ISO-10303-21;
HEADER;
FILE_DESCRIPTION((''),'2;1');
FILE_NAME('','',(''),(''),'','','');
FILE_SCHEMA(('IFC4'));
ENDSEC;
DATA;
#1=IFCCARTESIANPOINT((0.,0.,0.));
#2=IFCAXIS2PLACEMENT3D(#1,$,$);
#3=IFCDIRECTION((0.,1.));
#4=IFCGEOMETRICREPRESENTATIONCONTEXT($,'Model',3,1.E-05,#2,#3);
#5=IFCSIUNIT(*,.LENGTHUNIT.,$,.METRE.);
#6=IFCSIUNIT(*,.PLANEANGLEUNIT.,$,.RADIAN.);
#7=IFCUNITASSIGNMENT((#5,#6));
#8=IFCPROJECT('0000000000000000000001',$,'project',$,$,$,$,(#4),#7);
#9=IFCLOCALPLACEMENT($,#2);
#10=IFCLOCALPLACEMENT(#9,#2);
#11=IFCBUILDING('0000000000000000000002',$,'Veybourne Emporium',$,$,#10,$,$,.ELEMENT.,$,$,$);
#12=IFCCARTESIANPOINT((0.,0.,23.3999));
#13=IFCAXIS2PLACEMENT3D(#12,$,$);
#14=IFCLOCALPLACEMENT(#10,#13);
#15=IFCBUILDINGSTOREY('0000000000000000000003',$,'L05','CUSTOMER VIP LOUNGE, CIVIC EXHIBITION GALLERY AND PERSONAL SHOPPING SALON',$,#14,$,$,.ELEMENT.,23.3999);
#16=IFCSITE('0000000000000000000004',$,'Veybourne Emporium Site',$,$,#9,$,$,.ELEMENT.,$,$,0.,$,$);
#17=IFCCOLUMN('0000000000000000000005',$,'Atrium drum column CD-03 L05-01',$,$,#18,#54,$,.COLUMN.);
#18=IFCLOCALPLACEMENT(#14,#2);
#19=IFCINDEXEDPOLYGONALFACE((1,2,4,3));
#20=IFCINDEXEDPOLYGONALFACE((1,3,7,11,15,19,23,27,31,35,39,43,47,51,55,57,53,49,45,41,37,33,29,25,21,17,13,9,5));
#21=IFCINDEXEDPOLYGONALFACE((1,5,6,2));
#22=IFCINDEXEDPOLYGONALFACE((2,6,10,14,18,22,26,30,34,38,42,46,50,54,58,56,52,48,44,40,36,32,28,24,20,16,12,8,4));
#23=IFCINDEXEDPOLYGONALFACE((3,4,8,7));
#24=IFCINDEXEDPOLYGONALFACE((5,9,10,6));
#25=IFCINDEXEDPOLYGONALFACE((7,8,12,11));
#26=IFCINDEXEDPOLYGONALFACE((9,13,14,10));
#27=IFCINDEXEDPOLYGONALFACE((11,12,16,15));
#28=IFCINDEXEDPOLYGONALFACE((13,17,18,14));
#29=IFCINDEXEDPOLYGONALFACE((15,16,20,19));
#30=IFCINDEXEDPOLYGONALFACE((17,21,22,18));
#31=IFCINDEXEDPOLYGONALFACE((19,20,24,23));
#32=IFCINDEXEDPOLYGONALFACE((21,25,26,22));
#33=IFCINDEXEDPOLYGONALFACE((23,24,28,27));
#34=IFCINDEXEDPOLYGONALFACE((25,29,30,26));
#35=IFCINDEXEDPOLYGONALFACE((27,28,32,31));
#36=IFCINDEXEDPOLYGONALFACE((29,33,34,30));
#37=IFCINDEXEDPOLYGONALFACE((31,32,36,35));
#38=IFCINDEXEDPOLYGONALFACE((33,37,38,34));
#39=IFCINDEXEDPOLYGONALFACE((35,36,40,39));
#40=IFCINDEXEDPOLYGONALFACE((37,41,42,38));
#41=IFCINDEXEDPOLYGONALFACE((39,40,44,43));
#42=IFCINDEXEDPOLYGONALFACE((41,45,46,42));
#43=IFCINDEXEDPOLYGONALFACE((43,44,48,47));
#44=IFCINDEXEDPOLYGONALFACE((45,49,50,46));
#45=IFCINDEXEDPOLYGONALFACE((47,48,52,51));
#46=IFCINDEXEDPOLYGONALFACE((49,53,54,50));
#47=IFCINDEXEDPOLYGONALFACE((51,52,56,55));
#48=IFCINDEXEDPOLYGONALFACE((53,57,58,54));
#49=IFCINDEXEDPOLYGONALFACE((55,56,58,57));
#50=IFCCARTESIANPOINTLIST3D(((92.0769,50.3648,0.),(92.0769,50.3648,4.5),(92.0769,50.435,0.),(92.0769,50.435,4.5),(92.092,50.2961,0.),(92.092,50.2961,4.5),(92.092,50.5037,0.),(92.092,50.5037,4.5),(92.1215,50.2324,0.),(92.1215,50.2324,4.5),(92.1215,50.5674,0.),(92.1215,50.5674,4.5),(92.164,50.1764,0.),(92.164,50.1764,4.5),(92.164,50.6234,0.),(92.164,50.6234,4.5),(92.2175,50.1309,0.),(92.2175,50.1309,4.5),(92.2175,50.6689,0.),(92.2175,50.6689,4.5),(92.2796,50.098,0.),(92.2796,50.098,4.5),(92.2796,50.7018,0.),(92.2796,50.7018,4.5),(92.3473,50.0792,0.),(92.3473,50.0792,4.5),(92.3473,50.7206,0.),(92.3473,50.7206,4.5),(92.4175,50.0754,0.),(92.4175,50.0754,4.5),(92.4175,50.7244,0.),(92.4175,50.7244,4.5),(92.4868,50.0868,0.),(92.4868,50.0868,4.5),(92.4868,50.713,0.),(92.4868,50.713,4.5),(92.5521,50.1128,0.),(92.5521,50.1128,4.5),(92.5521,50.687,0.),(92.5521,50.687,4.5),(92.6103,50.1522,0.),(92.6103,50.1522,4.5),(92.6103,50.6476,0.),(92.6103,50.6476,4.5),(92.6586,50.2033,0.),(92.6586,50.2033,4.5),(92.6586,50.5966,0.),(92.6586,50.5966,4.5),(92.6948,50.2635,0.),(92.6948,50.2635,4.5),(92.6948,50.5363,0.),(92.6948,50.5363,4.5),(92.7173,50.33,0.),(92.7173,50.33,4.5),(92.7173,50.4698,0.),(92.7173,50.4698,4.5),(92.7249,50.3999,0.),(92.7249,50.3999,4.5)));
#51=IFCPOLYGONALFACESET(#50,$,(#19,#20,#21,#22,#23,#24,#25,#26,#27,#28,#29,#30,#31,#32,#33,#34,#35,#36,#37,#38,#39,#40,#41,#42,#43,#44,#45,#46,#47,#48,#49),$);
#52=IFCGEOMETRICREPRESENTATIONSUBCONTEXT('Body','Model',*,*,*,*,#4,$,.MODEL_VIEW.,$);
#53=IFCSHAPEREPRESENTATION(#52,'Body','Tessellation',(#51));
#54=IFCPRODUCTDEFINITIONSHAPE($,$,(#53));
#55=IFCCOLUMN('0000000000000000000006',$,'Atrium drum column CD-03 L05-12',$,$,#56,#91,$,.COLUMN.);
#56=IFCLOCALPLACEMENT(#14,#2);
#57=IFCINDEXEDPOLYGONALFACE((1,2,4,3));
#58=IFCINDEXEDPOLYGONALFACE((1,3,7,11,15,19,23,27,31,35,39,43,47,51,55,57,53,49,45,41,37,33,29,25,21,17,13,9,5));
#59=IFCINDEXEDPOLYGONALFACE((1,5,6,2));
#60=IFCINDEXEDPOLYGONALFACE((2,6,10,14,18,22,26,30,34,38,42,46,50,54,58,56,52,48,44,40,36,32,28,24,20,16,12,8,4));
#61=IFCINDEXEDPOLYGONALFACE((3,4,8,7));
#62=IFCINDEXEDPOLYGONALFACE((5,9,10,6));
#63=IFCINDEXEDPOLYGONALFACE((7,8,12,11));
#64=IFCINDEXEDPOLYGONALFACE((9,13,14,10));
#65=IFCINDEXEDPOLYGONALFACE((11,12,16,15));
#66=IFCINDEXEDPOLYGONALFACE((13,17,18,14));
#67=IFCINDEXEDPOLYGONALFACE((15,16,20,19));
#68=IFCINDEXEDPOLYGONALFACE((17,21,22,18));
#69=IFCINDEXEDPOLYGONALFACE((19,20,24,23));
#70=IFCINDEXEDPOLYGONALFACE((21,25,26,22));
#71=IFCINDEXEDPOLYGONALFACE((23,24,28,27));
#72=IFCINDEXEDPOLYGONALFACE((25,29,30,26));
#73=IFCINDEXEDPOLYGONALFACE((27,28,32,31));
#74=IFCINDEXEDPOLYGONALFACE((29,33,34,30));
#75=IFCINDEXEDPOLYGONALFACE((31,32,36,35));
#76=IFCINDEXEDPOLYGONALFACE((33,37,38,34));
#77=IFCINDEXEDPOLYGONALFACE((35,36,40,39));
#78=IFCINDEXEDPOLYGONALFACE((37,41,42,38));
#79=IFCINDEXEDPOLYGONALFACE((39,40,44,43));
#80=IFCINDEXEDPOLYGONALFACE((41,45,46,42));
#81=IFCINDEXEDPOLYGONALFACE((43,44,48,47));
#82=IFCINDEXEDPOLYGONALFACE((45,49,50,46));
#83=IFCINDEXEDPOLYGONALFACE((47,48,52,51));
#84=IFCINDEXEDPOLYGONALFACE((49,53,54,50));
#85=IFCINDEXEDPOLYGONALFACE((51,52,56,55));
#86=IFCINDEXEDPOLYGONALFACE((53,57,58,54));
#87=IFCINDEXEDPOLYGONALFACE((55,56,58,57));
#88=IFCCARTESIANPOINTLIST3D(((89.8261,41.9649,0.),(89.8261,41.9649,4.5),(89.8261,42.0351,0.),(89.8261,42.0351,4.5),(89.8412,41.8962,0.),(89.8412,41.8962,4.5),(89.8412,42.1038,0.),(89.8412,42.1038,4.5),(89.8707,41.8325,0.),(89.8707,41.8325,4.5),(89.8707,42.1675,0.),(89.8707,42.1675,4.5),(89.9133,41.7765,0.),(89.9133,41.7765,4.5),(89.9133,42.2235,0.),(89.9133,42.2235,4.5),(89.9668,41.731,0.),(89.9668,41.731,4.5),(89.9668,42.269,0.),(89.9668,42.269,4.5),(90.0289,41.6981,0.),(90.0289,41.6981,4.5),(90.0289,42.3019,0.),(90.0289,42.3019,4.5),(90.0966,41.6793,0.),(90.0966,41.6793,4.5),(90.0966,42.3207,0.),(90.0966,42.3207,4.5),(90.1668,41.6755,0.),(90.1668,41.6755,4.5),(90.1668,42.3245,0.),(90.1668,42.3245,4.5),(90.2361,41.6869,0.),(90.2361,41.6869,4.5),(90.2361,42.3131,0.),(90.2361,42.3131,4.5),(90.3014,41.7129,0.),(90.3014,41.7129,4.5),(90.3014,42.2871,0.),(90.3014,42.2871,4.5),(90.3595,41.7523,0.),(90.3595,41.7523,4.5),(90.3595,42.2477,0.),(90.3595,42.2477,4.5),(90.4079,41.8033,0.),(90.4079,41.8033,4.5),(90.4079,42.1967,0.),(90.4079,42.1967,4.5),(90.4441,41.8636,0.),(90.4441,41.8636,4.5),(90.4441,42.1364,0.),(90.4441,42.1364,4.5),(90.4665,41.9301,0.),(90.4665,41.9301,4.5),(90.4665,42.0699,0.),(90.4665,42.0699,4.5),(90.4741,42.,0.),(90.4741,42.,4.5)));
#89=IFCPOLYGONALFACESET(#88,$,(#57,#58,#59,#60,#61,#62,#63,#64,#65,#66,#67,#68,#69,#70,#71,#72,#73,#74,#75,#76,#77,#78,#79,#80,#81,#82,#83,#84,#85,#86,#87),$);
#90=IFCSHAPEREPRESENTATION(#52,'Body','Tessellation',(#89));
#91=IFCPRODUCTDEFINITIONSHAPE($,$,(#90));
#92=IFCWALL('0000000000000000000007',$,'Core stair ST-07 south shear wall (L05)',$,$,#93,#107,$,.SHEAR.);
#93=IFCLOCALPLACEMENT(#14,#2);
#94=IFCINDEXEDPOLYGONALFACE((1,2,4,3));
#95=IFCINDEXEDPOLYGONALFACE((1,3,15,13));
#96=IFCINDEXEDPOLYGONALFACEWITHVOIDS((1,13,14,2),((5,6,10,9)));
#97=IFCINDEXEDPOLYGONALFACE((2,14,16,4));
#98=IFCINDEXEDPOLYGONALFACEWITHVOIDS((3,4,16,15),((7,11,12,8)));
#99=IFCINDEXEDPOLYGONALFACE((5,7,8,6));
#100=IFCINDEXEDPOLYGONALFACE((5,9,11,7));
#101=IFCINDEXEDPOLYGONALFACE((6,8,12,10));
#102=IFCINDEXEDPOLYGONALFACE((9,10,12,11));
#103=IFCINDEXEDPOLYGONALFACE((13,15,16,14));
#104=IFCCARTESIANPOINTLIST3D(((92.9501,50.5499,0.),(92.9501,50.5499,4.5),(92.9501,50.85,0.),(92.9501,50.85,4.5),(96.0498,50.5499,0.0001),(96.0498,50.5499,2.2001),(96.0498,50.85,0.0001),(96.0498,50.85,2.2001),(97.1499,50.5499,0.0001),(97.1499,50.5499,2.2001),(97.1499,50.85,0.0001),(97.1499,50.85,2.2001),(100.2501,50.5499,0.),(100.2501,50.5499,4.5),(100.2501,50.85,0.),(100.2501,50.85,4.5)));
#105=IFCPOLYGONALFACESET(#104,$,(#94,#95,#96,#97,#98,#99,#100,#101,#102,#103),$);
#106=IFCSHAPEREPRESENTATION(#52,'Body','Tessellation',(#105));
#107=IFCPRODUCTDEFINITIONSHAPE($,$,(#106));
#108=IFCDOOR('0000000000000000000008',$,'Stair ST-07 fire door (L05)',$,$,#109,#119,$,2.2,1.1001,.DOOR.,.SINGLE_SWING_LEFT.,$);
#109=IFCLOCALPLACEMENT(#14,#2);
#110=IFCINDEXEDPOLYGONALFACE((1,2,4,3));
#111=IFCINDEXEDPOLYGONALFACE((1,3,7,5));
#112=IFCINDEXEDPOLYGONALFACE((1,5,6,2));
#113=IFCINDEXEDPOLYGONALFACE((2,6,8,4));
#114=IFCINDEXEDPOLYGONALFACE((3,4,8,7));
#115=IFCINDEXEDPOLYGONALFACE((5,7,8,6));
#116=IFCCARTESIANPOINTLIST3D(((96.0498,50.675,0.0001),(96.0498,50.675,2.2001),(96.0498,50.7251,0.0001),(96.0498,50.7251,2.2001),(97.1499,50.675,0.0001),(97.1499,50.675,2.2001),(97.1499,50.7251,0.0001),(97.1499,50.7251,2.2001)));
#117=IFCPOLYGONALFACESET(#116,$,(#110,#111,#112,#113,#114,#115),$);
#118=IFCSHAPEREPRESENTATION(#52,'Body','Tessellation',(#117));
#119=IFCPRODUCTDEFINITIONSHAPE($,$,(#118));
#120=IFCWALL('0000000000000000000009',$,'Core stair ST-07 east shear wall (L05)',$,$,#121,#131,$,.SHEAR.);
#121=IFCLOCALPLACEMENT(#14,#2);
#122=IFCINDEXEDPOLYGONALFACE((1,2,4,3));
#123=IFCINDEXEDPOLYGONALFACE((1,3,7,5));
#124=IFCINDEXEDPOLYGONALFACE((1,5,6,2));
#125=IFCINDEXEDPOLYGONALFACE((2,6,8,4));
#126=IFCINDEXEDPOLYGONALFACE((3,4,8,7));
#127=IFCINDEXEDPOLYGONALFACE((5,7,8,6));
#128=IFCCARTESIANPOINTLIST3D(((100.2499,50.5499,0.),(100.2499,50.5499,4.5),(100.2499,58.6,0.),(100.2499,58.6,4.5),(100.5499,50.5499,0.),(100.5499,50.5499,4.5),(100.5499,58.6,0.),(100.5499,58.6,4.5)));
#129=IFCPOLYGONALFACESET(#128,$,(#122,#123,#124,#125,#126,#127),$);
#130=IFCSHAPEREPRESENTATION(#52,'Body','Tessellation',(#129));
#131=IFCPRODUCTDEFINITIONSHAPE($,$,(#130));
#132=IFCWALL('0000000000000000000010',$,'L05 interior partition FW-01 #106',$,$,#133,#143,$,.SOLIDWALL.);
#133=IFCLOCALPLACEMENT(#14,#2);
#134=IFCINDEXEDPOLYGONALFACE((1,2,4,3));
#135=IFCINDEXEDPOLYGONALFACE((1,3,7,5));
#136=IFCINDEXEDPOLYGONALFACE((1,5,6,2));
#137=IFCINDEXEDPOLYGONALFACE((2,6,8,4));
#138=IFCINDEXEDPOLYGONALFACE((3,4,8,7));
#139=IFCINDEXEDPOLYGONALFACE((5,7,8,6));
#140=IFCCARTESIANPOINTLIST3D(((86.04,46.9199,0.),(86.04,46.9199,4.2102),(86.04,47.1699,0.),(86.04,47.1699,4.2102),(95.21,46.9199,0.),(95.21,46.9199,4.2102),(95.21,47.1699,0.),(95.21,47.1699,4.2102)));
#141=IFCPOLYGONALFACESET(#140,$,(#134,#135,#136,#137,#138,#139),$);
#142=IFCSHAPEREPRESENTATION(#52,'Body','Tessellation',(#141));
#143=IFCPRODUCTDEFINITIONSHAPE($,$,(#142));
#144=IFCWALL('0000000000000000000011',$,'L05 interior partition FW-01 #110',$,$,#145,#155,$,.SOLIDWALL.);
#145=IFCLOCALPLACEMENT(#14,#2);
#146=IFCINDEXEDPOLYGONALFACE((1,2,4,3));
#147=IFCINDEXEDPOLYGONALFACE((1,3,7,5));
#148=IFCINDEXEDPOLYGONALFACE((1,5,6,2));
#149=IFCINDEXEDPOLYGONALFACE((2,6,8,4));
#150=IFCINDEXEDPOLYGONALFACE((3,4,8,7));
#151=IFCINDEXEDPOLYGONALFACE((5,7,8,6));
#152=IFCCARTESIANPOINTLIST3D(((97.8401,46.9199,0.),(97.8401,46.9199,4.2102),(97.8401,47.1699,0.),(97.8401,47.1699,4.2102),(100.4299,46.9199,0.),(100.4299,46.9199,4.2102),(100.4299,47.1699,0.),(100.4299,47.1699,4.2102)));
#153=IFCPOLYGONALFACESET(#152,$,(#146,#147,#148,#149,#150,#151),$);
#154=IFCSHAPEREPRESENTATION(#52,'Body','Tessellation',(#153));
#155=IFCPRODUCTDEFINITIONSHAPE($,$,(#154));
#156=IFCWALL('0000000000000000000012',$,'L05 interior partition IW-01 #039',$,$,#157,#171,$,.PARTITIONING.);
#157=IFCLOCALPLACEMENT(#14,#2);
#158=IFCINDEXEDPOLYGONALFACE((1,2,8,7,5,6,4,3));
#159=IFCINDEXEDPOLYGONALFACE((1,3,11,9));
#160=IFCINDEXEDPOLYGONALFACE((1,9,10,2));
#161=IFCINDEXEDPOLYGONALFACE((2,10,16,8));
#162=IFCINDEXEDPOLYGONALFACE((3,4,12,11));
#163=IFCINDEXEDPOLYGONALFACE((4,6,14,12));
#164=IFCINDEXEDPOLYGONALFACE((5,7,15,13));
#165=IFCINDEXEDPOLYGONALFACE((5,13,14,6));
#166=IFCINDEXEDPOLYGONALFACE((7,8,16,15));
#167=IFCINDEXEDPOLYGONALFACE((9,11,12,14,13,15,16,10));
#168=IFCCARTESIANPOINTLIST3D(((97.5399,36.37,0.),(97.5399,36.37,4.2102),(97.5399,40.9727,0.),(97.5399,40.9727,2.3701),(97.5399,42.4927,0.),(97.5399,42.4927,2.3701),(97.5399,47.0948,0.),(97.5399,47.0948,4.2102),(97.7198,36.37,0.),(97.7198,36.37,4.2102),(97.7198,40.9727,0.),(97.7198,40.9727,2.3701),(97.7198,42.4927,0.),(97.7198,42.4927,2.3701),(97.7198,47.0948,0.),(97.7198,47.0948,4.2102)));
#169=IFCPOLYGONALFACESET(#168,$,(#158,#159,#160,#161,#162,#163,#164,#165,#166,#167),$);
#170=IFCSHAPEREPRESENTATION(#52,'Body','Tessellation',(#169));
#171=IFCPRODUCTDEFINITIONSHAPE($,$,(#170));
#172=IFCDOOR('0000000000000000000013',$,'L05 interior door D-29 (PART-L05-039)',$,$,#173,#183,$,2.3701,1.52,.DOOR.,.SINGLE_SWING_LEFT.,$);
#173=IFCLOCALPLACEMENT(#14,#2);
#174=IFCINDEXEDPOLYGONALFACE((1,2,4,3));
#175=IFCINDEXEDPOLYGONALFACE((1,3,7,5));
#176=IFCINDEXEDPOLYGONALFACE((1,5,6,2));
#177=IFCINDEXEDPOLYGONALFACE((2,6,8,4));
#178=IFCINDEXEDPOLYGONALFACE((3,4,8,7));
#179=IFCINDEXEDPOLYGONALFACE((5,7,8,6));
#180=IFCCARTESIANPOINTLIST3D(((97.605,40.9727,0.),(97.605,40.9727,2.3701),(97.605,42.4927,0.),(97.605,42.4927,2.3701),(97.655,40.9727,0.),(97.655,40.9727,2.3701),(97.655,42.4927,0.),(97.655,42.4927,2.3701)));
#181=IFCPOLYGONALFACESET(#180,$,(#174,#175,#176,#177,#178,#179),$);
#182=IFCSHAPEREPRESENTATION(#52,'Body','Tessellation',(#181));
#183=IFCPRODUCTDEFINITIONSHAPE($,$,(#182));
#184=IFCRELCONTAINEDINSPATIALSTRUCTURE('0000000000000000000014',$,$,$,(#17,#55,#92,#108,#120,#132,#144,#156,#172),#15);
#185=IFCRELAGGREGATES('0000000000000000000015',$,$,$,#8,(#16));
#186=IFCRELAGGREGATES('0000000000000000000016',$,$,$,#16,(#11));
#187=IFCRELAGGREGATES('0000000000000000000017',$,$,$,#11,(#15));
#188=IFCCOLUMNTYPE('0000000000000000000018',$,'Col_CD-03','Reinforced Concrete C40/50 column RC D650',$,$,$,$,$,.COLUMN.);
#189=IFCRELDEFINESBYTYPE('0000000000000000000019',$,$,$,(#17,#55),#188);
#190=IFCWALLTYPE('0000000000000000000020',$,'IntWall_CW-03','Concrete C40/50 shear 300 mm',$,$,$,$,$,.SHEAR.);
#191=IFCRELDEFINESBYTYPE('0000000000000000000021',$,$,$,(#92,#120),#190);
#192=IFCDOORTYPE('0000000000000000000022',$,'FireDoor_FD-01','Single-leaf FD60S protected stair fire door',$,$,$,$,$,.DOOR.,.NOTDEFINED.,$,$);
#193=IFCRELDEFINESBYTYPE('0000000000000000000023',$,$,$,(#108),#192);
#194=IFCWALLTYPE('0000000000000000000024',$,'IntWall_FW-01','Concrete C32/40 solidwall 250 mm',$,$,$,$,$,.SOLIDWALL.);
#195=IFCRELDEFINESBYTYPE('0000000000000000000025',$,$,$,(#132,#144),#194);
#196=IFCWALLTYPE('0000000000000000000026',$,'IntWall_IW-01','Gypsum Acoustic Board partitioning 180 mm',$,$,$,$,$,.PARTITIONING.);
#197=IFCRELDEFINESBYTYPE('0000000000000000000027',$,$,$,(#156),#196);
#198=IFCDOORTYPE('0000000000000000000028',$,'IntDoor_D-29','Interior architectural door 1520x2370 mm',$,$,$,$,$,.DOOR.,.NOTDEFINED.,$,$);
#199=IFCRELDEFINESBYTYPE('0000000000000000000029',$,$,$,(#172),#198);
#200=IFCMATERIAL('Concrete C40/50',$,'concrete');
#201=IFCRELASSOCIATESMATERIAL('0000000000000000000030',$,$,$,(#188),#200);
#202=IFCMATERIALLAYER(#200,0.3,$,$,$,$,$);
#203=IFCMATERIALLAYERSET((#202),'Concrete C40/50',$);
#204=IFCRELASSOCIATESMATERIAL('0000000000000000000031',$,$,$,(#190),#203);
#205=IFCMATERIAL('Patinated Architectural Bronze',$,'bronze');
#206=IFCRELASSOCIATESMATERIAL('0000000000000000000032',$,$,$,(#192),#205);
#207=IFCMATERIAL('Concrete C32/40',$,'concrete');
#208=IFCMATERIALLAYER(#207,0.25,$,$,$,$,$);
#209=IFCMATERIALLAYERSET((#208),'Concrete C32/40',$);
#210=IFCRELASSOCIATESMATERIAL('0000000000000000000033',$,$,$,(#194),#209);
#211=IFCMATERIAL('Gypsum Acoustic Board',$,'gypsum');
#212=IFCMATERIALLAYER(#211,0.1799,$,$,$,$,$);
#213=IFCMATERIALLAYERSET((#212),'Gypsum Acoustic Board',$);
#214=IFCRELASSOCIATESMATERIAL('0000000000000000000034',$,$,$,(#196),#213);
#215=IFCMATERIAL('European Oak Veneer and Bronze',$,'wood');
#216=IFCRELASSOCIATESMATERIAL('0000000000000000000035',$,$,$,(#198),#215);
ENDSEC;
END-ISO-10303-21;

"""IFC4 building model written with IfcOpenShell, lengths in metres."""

from ifc_helpers import new_model, si_unit, direction, frame, frame_2d, origin, origin_2d, place, context, subcontext, project, spatial, rectangle, circle, extrude, material, layer, layer_set, material_profile, profile_set, type_object, element, fill, save


model = new_model("IFC4")

# Units and contexts
model_context = context("Model", 3, precision=1e-05, world=origin(), true_north=direction((0.0, 1.0)))
body_context = subcontext(model_context, "Body", "Model", "MODEL_VIEW")
ifc_project = project(units=[si_unit("LENGTHUNIT", "METRE"), si_unit("PLANEANGLEUNIT", "RADIAN")], contexts=[model_context])

# Site, building, storey
site_placement = place(None, origin())
site = spatial("IfcSite", under=ifc_project, at=site_placement, Name="Veybourne Emporium Site", CompositionType="ELEMENT", RefElevation=0.0)
building_placement = place(site_placement, origin())
building = spatial("IfcBuilding", under=site, at=building_placement, Name="Veybourne Emporium", CompositionType="ELEMENT")
storey_placement = place(building_placement, frame((0.0, 0.0, 23.3999)))
storey = spatial("IfcBuildingStorey", under=building, at=storey_placement, Name="L05", Description="CUSTOMER VIP LOUNGE, CIVIC EXHIBITION GALLERY AND PERSONAL SHOPPING SALON", CompositionType="ELEMENT", Elevation=23.3999)

# Columns
ifc_material_1 = material(Name="Concrete C40/50", Category="concrete")
ifc_material_profile = material_profile(ifc_material_1, circle(Radius=0.325, at=origin_2d()), Name="RC D650")
ifc_profile_set = profile_set([ifc_material_profile], Name="Concrete C40/50")
column_type = type_object("IfcColumnType", Name="Col_CD-03", Description="Reinforced Concrete C40/50 column RC D650", PredefinedType="COLUMN", material=ifc_profile_set)
for number, where, z_axis, x_axis, name in (
    (1, (92.3999, 50.3999, 0.0), (0.0, 0.0, 1.0), (1.0, 0.0, 0.0), "Atrium drum column CD-03 L05-01"),
    (2, (90.1492, 42.0, 0.0), (0.0, 0.0, 1.0), (1.0, 0.0, 0.0), "Atrium drum column CD-03 L05-12"),
):
    element("IfcColumn", number, at=place(storey_placement, frame(where, z_axis=z_axis, x_axis=x_axis)), inside=storey, type_object=column_type, Name=name, PredefinedType="COLUMN", context=body_context, shape_type="SweptSolid", body=[
        extrude(circle(Radius=0.325, at=origin_2d()), origin(), (0.0, 0.0, 1.0), 4.5),
    ])

# Wall, opening, door
ifc_layer_1 = layer(ifc_material_1, 0.3)
ifc_layer_set_1 = layer_set([ifc_layer_1], Name="Concrete C40/50")
wall_type_1 = type_object("IfcWallType", Name="IntWall_CW-03", Description="Concrete C40/50 shear 300 mm", PredefinedType="SHEAR", material=ifc_layer_set_1)
wall_1_placement = place(storey_placement, frame((100.25, 50.7, 0.0), z_axis=(0.0, 0.0, 1.0), x_axis=(-1.0, 0.0, 0.0)))
wall_1 = element("IfcWall", 3, at=wall_1_placement, inside=storey, type_object=wall_type_1, Name="Core stair ST-07 south shear wall (L05)", PredefinedType="SHEAR", context=body_context, shape_type="SweptSolid", body=[
    extrude(rectangle(XDim=7.3, YDim=0.3, at=frame_2d((3.6499, 0.0))), origin(), (0.0, 0.0, 1.0), 4.5),
])
opening_1_placement = place(wall_1_placement, frame((3.1001, 0.0, 0.0)))
opening_1 = element("IfcOpeningElement", 4, at=opening_1_placement, cuts=wall_1, PredefinedType="OPENING", context=body_context, shape_type="SweptSolid", body=[
    extrude(rectangle(XDim=1.1001, YDim=2.2, at=frame_2d((0.55, 1.1001))), frame((0.0, 0.1699, 0.0), z_axis=(0.0, -1.0, 0.0), x_axis=(1.0, 0.0, 0.0)), (0.0, 0.0, 1.0), 0.3401),
])
ifc_material_2 = material(Name="Patinated Architectural Bronze", Category="bronze")
door_type_1 = type_object("IfcDoorType", Name="FireDoor_FD-01", Description="Single-leaf FD60S protected stair fire door", OperationType="NOTDEFINED", PredefinedType="DOOR", material=ifc_material_2)
door_1_placement = place(opening_1_placement, origin())
door_1 = element("IfcDoor", 5, at=door_1_placement, inside=storey, type_object=door_type_1, Name="Stair ST-07 fire door (L05)", OperationType="SINGLE_SWING_LEFT", OverallHeight=2.2, OverallWidth=1.1001, PredefinedType="DOOR", context=body_context, shape_type="SweptSolid", body=[
    extrude(rectangle(XDim=1.1001, YDim=2.2, at=frame_2d((0.55, 1.1001))), frame((0.0, 0.0249, 0.0), z_axis=(0.0, -1.0, 0.0), x_axis=(1.0, 0.0, 0.0)), (0.0, 0.0, 1.0), 0.05),
])
fill(opening_1, door_1)

# Wall
wall_2_placement = place(storey_placement, frame((100.3999, 50.55, 0.0), z_axis=(0.0, 0.0, 1.0), x_axis=(0.0, 1.0, 0.0)))
element("IfcWall", 6, at=wall_2_placement, inside=storey, type_object=wall_type_1, Name="Core stair ST-07 east shear wall (L05)", PredefinedType="SHEAR", context=body_context, shape_type="SweptSolid", body=[
    extrude(rectangle(XDim=8.05, YDim=0.3, at=frame_2d((4.0249, 0.0))), origin(), (0.0, 0.0, 1.0), 4.5),
])

# Shared definitions
ifc_material_3 = material(Name="Concrete C32/40", Category="concrete")
ifc_layer_2 = layer(ifc_material_3, 0.25)
ifc_layer_set_2 = layer_set([ifc_layer_2], Name="Concrete C32/40")
wall_type_2 = type_object("IfcWallType", Name="IntWall_FW-01", Description="Concrete C32/40 solidwall 250 mm", PredefinedType="SOLIDWALL", material=ifc_layer_set_2)

# Walls
wall_3_placement = place(storey_placement, frame((86.04, 47.0449, 0.0), z_axis=(0.0, 0.0, 1.0), x_axis=(1.0, 0.0, 0.0)))
element("IfcWall", 7, at=wall_3_placement, inside=storey, type_object=wall_type_2, Name="L05 interior partition FW-01 #106", PredefinedType="SOLIDWALL", context=body_context, shape_type="SweptSolid", body=[
    extrude(rectangle(XDim=9.1699, YDim=0.25, at=frame_2d((4.585, 0.0))), origin(), (0.0, 0.0, 1.0), 4.2102),
])
wall_4_placement = place(storey_placement, frame((97.8401, 47.0449, 0.0), z_axis=(0.0, 0.0, 1.0), x_axis=(1.0, 0.0, 0.0)))
element("IfcWall", 8, at=wall_4_placement, inside=storey, type_object=wall_type_2, Name="L05 interior partition FW-01 #110", PredefinedType="SOLIDWALL", context=body_context, shape_type="SweptSolid", body=[
    extrude(rectangle(XDim=2.5898, YDim=0.25, at=frame_2d((1.2949, 0.0))), origin(), (0.0, 0.0, 1.0), 4.2102),
])

# Wall, opening, door
ifc_material_4 = material(Name="Gypsum Acoustic Board", Category="gypsum")
ifc_layer_3 = layer(ifc_material_4, 0.1799)
ifc_layer_set_3 = layer_set([ifc_layer_3], Name="Gypsum Acoustic Board")
wall_type_3 = type_object("IfcWallType", Name="IntWall_IW-01", Description="Gypsum Acoustic Board partitioning 180 mm", PredefinedType="PARTITIONING", material=ifc_layer_set_3)
wall_5_placement = place(storey_placement, frame((97.6299, 36.3701, 0.0), z_axis=(0.0, 0.0, 1.0), x_axis=(0.0, 1.0, 0.0)))
wall_5 = element("IfcWall", 9, at=wall_5_placement, inside=storey, type_object=wall_type_3, Name="L05 interior partition IW-01 #039", PredefinedType="PARTITIONING", context=body_context, shape_type="SweptSolid", body=[
    extrude(rectangle(XDim=10.7249, YDim=0.1799, at=frame_2d((5.3623, 0.0))), origin(), (0.0, 0.0, 1.0), 4.2102),
])
opening_2_placement = place(wall_5_placement, frame((4.6025, 0.0, 0.0)))
opening_2 = element("IfcOpeningElement", 10, at=opening_2_placement, cuts=wall_5, PredefinedType="OPENING", context=body_context, shape_type="SweptSolid", body=[
    extrude(rectangle(XDim=1.52, YDim=2.3701, at=frame_2d((0.76, 1.1851))), frame((0.0, 0.1099, 0.0), z_axis=(0.0, -1.0, 0.0), x_axis=(1.0, 0.0, 0.0)), (0.0, 0.0, 1.0), 0.22),
])
ifc_material_5 = material(Name="European Oak Veneer and Bronze", Category="wood")
door_type_2 = type_object("IfcDoorType", Name="IntDoor_D-29", Description="Interior architectural door 1520x2370 mm", OperationType="NOTDEFINED", PredefinedType="DOOR", material=ifc_material_5)
door_2_placement = place(opening_2_placement, origin())
door_2 = element("IfcDoor", 11, at=door_2_placement, inside=storey, type_object=door_type_2, Name="L05 interior door D-29 (PART-L05-039)", OperationType="SINGLE_SWING_LEFT", OverallHeight=2.3701, OverallWidth=1.52, PredefinedType="DOOR", context=body_context, shape_type="SweptSolid", body=[
    extrude(rectangle(XDim=1.52, YDim=2.3701, at=frame_2d((0.76, 1.1851))), frame((0.0, 0.0249, 0.0), z_axis=(0.0, -1.0, 0.0), x_axis=(1.0, 0.0, 0.0)), (0.0, 0.0, 1.0), 0.05),
])
fill(opening_2, door_2)

save(model, "model.ifc")
